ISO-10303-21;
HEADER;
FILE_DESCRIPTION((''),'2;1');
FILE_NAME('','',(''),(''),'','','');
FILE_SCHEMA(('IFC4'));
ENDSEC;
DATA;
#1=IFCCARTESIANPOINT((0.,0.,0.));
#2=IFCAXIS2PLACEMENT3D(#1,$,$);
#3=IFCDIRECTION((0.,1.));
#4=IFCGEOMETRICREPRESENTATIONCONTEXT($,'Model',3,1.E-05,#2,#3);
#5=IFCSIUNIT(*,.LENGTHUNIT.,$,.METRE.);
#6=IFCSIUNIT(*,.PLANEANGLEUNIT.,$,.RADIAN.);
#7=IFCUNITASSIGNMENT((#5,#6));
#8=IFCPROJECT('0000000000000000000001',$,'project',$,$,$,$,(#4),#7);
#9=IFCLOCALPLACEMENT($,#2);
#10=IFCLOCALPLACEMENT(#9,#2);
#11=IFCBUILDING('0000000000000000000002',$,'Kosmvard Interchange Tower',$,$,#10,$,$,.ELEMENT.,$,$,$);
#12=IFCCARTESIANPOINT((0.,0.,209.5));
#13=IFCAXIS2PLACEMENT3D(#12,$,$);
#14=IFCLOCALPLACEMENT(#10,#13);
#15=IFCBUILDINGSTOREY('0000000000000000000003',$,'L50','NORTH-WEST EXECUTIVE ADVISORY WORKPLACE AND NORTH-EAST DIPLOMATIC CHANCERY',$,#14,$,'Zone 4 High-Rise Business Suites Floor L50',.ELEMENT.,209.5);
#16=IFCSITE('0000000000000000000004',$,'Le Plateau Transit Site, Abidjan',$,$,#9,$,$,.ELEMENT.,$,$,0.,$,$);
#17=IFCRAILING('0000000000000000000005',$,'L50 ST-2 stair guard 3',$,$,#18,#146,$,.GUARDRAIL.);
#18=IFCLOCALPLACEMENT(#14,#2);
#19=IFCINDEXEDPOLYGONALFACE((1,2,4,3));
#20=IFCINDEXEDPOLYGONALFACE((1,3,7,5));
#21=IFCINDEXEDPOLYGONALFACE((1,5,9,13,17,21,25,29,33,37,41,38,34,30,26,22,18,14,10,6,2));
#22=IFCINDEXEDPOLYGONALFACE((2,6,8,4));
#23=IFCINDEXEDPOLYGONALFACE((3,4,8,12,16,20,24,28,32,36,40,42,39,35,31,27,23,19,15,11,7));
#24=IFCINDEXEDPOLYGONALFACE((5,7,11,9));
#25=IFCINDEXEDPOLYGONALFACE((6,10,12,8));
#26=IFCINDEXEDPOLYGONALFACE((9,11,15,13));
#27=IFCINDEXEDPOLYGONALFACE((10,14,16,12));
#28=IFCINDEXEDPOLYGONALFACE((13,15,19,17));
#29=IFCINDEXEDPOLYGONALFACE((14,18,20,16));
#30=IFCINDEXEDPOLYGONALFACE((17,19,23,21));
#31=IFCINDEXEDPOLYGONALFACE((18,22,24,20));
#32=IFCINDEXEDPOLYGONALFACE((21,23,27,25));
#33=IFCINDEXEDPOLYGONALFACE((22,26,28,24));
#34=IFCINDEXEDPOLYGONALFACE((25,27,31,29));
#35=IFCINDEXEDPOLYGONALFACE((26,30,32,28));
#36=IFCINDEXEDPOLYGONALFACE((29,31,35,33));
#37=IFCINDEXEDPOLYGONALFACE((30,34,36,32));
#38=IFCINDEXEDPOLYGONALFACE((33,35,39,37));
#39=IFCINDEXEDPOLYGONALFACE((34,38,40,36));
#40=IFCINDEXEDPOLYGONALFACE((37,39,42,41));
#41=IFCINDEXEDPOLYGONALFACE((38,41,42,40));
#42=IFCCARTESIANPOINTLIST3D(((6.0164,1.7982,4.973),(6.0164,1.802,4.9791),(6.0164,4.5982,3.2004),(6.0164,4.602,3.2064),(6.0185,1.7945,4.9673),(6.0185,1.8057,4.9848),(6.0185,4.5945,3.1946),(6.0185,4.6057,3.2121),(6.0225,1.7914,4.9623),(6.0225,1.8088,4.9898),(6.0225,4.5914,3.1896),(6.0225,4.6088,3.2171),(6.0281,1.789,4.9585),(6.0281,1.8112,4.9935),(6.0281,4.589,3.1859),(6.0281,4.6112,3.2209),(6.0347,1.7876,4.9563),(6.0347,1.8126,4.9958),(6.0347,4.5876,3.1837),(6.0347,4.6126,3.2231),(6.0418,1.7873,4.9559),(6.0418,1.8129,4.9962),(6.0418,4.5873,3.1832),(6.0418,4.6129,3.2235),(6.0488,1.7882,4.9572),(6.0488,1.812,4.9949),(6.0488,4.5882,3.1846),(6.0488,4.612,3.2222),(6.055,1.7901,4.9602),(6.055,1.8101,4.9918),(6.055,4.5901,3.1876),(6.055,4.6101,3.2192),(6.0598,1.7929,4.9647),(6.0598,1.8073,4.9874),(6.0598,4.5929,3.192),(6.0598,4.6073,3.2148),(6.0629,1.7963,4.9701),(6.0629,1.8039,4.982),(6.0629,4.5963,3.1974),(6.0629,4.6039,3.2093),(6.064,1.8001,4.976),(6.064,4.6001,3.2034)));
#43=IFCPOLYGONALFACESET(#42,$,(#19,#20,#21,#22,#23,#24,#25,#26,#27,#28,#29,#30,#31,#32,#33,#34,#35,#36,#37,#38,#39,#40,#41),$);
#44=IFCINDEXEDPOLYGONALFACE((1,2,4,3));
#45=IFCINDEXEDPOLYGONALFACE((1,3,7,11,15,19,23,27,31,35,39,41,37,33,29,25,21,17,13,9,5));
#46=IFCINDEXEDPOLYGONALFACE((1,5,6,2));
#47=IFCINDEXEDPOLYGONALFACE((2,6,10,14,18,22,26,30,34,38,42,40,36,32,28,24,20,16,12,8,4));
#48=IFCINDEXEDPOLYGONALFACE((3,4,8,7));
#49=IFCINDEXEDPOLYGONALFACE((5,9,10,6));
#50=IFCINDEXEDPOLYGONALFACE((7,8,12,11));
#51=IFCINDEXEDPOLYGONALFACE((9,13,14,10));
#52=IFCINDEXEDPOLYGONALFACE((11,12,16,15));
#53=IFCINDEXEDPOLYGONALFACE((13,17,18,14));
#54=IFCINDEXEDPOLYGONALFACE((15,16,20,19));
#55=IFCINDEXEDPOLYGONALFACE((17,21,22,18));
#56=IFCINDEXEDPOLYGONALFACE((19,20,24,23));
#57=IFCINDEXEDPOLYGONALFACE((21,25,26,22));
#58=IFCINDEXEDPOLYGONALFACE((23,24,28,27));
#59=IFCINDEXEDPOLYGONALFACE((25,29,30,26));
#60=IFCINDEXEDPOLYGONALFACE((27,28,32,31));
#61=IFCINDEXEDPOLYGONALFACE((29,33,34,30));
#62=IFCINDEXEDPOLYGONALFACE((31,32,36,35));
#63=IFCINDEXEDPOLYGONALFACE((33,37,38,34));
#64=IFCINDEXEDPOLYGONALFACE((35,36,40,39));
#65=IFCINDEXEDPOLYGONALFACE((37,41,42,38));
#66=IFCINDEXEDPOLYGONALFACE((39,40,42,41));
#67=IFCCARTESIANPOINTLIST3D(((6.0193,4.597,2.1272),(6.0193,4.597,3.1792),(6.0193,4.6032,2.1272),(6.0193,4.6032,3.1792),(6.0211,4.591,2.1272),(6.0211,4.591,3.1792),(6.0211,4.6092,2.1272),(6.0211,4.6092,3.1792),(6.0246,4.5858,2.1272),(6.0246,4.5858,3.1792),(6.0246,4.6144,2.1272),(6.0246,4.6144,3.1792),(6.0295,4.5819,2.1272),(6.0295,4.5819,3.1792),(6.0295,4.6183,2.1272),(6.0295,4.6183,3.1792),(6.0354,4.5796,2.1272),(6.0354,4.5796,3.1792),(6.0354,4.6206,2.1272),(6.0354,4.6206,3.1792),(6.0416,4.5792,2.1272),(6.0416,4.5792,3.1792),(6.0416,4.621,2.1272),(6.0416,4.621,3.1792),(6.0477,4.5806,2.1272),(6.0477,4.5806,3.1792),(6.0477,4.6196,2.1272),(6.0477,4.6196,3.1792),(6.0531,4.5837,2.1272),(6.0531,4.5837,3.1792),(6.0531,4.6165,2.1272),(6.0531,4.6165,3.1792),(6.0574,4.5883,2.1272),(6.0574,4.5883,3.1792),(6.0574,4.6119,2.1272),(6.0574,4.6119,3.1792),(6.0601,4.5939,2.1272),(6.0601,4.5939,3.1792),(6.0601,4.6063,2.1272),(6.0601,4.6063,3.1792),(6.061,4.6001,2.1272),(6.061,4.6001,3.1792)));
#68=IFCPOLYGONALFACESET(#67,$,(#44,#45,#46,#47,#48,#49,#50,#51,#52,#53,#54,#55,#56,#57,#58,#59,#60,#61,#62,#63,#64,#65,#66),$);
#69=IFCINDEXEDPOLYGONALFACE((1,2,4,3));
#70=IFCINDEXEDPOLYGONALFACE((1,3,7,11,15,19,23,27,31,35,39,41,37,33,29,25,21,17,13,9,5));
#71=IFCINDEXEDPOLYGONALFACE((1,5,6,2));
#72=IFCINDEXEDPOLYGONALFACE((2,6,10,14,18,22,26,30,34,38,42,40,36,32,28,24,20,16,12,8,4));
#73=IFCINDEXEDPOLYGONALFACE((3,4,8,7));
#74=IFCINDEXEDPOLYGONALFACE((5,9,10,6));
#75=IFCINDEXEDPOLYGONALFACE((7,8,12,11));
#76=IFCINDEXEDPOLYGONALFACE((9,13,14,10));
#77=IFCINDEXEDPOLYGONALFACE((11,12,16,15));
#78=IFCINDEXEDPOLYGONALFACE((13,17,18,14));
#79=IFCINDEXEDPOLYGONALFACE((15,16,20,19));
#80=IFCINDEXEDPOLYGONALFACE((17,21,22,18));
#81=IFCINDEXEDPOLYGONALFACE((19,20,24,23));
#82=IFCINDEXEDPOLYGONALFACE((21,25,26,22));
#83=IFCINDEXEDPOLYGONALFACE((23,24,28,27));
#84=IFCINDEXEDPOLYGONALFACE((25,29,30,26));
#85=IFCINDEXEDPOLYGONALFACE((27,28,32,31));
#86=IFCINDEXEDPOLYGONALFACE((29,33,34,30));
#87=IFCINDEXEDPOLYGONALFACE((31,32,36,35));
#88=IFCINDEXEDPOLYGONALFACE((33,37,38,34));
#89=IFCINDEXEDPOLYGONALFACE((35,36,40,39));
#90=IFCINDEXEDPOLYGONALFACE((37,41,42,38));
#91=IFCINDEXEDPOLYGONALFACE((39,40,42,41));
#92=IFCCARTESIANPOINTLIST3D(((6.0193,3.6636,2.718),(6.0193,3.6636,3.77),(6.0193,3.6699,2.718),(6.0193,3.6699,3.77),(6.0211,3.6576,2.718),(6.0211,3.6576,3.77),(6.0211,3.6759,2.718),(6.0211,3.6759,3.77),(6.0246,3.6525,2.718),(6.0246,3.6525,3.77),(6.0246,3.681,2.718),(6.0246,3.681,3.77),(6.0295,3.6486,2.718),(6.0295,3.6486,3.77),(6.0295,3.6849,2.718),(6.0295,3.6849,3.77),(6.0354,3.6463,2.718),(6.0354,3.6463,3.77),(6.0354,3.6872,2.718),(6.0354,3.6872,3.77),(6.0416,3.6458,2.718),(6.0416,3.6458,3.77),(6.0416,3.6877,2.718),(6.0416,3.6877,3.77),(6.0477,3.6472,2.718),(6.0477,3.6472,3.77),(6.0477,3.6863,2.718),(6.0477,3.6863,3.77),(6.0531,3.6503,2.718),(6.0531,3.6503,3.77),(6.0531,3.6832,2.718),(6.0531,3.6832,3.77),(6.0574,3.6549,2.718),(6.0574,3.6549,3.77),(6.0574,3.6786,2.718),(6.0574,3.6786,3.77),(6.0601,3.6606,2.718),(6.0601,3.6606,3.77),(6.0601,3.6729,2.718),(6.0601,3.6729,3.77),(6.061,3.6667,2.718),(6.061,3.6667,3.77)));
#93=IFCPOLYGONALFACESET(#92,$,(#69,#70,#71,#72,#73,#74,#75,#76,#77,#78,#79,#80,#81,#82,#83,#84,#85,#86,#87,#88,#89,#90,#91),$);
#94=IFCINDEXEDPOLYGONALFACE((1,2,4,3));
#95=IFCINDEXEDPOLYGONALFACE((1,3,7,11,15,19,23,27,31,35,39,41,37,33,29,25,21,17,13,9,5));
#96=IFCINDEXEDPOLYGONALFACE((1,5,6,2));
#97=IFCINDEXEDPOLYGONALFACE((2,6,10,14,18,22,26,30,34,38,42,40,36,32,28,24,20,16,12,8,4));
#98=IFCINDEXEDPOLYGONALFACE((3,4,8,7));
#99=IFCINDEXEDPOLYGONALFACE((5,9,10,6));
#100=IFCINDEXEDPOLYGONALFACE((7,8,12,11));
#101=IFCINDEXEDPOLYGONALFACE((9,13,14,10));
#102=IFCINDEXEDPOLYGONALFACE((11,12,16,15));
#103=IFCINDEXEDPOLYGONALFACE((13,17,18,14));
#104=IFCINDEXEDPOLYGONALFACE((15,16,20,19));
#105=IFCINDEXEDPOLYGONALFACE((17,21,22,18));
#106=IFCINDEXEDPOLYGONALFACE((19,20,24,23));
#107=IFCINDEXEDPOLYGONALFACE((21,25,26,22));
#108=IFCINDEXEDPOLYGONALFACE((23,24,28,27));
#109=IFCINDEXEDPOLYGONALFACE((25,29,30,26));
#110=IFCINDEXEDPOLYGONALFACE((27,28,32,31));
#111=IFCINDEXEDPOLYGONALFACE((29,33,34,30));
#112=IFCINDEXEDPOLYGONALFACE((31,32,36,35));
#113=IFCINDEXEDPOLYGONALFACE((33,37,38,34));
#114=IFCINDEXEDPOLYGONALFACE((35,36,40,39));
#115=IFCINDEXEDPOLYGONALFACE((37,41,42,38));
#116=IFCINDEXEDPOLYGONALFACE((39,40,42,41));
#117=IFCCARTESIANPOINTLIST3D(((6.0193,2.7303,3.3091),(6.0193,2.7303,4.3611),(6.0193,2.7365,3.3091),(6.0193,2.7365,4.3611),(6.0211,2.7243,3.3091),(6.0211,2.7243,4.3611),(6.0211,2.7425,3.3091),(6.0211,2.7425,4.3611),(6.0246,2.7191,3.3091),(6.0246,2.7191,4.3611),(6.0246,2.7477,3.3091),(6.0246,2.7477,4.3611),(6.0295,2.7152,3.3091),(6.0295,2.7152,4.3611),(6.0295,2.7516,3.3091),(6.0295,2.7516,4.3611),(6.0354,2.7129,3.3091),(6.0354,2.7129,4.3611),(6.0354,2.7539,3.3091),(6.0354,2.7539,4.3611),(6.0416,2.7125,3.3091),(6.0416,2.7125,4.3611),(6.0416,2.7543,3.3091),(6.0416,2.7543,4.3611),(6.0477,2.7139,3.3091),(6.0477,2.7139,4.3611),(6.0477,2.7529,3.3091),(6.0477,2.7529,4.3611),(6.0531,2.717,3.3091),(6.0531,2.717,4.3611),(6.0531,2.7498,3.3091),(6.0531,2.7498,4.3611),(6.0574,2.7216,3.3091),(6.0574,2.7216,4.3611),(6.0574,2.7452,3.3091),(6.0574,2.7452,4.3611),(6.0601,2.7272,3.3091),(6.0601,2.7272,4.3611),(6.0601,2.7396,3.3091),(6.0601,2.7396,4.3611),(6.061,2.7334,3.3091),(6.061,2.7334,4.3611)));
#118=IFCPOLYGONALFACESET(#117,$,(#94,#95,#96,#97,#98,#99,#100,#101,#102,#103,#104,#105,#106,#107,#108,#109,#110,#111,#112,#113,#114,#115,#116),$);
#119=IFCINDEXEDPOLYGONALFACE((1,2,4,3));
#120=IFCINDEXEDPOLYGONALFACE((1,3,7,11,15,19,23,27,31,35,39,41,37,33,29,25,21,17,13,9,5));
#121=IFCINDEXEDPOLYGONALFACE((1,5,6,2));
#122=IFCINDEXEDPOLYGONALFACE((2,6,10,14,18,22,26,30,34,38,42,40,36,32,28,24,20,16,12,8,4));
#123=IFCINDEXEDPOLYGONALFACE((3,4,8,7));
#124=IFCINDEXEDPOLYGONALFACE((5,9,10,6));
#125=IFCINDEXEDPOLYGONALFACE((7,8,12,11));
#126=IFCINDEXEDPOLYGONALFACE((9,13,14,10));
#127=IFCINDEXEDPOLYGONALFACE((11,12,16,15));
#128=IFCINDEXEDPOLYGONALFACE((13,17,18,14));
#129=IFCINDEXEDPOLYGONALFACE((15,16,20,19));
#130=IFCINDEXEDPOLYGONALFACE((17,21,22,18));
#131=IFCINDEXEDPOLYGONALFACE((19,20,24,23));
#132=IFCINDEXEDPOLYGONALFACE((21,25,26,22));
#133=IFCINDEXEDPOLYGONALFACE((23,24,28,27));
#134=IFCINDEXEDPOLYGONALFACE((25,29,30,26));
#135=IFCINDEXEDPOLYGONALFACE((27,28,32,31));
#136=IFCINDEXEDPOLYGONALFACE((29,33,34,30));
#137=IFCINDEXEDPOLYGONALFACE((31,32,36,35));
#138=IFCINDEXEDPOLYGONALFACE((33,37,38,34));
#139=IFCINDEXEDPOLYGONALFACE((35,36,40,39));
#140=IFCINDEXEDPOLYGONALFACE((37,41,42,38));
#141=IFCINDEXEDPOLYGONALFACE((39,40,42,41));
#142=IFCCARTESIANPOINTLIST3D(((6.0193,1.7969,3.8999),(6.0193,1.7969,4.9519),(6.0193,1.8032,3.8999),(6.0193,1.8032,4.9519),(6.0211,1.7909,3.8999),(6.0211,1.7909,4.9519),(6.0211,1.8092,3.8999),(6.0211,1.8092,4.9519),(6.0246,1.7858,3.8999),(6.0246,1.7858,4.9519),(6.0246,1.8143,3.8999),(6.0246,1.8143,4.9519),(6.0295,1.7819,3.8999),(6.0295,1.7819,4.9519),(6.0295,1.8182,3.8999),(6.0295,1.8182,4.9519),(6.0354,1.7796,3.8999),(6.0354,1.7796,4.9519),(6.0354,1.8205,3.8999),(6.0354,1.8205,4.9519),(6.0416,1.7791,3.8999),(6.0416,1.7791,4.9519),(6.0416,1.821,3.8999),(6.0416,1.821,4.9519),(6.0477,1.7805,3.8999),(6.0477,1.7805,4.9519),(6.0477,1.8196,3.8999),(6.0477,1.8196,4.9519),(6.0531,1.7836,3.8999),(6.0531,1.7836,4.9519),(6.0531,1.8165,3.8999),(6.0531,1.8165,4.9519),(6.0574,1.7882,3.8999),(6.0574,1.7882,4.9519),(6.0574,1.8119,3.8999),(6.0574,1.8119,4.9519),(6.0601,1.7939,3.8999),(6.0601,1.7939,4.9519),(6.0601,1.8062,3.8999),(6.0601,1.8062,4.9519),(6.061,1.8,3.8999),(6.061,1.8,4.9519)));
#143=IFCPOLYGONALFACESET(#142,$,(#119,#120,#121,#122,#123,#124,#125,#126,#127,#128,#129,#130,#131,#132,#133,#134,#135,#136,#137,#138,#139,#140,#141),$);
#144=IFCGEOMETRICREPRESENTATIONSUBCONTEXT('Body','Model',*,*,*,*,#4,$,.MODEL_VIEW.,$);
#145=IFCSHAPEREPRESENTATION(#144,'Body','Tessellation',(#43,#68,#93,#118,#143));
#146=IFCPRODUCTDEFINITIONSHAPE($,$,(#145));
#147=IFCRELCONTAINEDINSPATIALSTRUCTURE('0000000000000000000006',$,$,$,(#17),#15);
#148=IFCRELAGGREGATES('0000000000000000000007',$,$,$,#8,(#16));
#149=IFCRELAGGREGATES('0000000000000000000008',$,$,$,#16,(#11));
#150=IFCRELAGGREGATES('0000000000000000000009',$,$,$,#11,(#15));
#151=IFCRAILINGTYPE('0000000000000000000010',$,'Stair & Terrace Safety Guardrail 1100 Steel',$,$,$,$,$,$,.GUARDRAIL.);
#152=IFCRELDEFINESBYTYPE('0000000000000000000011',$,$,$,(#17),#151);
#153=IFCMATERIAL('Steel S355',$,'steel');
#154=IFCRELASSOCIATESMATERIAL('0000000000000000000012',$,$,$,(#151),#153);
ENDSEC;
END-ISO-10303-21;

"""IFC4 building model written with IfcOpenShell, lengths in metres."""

from ifc_helpers import new_model, si_unit, direction, frame, origin, origin_2d, place, context, subcontext, project, spatial, circle, extrude, source, transform, mapped, material, type_object, element, save


model = new_model("IFC4")

# Units and contexts
model_context = context("Model", 3, precision=1e-05, world=origin(), true_north=direction((0.0, 1.0)))
body_context = subcontext(model_context, "Body", "Model", "MODEL_VIEW")
ifc_project = project(units=[si_unit("LENGTHUNIT", "METRE"), si_unit("PLANEANGLEUNIT", "RADIAN")], contexts=[model_context])

# Site, building, storey
site_placement = place(None, origin())
site = spatial("IfcSite", under=ifc_project, at=site_placement, Name="Le Plateau Transit Site, Abidjan", CompositionType="ELEMENT", RefElevation=0.0)
building_placement = place(site_placement, origin())
building = spatial("IfcBuilding", under=site, at=building_placement, Name="Kosmvard Interchange Tower", CompositionType="ELEMENT")
storey_placement = place(building_placement, frame((0.0, 0.0, 209.5)))
storey = spatial("IfcBuildingStorey", under=building, at=storey_placement, Name="L50", Description="NORTH-WEST EXECUTIVE ADVISORY WORKPLACE AND NORTH-EAST DIPLOMATIC CHANCERY", LongName="Zone 4 High-Rise Business Suites Floor L50", CompositionType="ELEMENT", Elevation=209.5)

# Railing
ifc_material_1 = material(Name="Steel S355", Category="steel")
railing_type_1 = type_object("IfcRailingType", Name="Stair & Terrace Safety Guardrail 1100 Steel", PredefinedType="GUARDRAIL", material=ifc_material_1)
shared_shape_1 = source(origin(), body_context, "Body", "SweptSolid", [
    extrude(circle(Radius=0.0239, at=origin_2d()), frame((0.0, 0.0, 1.0762), z_axis=(0.0, -0.844909, 0.53491), x_axis=(1.0, 0.0, 0.0)), (0.0, 0.0, 1.0), 3.314),
    extrude(circle(Radius=0.021, at=origin_2d()), origin(), (0.0, 0.0, 1.0), 1.052),
    extrude(circle(Radius=0.021, at=origin_2d()), frame((0.0, -0.9333, 0.5908)), (0.0, 0.0, 1.0), 1.052),
    extrude(circle(Radius=0.021, at=origin_2d()), frame((0.0, -1.8667, 1.1819)), (0.0, 0.0, 1.0), 1.052),
    extrude(circle(Radius=0.021, at=origin_2d()), frame((0.0, -2.8, 1.7727)), (0.0, 0.0, 1.0), 1.052),
])
railing_1_placement = place(storey_placement, frame((6.04, 4.6001, 2.1272)))
element("IfcRailing", 1, at=railing_1_placement, inside=storey, type_object=railing_type_1, Name="L50 ST-2 stair guard 3", PredefinedType="GUARDRAIL", context=body_context, shape_type="MappedRepresentation", body=[
    mapped(shared_shape_1, transform((0.0, 0.0, 0.0), scale=1.0)),
])

save(model, "model.ifc")
